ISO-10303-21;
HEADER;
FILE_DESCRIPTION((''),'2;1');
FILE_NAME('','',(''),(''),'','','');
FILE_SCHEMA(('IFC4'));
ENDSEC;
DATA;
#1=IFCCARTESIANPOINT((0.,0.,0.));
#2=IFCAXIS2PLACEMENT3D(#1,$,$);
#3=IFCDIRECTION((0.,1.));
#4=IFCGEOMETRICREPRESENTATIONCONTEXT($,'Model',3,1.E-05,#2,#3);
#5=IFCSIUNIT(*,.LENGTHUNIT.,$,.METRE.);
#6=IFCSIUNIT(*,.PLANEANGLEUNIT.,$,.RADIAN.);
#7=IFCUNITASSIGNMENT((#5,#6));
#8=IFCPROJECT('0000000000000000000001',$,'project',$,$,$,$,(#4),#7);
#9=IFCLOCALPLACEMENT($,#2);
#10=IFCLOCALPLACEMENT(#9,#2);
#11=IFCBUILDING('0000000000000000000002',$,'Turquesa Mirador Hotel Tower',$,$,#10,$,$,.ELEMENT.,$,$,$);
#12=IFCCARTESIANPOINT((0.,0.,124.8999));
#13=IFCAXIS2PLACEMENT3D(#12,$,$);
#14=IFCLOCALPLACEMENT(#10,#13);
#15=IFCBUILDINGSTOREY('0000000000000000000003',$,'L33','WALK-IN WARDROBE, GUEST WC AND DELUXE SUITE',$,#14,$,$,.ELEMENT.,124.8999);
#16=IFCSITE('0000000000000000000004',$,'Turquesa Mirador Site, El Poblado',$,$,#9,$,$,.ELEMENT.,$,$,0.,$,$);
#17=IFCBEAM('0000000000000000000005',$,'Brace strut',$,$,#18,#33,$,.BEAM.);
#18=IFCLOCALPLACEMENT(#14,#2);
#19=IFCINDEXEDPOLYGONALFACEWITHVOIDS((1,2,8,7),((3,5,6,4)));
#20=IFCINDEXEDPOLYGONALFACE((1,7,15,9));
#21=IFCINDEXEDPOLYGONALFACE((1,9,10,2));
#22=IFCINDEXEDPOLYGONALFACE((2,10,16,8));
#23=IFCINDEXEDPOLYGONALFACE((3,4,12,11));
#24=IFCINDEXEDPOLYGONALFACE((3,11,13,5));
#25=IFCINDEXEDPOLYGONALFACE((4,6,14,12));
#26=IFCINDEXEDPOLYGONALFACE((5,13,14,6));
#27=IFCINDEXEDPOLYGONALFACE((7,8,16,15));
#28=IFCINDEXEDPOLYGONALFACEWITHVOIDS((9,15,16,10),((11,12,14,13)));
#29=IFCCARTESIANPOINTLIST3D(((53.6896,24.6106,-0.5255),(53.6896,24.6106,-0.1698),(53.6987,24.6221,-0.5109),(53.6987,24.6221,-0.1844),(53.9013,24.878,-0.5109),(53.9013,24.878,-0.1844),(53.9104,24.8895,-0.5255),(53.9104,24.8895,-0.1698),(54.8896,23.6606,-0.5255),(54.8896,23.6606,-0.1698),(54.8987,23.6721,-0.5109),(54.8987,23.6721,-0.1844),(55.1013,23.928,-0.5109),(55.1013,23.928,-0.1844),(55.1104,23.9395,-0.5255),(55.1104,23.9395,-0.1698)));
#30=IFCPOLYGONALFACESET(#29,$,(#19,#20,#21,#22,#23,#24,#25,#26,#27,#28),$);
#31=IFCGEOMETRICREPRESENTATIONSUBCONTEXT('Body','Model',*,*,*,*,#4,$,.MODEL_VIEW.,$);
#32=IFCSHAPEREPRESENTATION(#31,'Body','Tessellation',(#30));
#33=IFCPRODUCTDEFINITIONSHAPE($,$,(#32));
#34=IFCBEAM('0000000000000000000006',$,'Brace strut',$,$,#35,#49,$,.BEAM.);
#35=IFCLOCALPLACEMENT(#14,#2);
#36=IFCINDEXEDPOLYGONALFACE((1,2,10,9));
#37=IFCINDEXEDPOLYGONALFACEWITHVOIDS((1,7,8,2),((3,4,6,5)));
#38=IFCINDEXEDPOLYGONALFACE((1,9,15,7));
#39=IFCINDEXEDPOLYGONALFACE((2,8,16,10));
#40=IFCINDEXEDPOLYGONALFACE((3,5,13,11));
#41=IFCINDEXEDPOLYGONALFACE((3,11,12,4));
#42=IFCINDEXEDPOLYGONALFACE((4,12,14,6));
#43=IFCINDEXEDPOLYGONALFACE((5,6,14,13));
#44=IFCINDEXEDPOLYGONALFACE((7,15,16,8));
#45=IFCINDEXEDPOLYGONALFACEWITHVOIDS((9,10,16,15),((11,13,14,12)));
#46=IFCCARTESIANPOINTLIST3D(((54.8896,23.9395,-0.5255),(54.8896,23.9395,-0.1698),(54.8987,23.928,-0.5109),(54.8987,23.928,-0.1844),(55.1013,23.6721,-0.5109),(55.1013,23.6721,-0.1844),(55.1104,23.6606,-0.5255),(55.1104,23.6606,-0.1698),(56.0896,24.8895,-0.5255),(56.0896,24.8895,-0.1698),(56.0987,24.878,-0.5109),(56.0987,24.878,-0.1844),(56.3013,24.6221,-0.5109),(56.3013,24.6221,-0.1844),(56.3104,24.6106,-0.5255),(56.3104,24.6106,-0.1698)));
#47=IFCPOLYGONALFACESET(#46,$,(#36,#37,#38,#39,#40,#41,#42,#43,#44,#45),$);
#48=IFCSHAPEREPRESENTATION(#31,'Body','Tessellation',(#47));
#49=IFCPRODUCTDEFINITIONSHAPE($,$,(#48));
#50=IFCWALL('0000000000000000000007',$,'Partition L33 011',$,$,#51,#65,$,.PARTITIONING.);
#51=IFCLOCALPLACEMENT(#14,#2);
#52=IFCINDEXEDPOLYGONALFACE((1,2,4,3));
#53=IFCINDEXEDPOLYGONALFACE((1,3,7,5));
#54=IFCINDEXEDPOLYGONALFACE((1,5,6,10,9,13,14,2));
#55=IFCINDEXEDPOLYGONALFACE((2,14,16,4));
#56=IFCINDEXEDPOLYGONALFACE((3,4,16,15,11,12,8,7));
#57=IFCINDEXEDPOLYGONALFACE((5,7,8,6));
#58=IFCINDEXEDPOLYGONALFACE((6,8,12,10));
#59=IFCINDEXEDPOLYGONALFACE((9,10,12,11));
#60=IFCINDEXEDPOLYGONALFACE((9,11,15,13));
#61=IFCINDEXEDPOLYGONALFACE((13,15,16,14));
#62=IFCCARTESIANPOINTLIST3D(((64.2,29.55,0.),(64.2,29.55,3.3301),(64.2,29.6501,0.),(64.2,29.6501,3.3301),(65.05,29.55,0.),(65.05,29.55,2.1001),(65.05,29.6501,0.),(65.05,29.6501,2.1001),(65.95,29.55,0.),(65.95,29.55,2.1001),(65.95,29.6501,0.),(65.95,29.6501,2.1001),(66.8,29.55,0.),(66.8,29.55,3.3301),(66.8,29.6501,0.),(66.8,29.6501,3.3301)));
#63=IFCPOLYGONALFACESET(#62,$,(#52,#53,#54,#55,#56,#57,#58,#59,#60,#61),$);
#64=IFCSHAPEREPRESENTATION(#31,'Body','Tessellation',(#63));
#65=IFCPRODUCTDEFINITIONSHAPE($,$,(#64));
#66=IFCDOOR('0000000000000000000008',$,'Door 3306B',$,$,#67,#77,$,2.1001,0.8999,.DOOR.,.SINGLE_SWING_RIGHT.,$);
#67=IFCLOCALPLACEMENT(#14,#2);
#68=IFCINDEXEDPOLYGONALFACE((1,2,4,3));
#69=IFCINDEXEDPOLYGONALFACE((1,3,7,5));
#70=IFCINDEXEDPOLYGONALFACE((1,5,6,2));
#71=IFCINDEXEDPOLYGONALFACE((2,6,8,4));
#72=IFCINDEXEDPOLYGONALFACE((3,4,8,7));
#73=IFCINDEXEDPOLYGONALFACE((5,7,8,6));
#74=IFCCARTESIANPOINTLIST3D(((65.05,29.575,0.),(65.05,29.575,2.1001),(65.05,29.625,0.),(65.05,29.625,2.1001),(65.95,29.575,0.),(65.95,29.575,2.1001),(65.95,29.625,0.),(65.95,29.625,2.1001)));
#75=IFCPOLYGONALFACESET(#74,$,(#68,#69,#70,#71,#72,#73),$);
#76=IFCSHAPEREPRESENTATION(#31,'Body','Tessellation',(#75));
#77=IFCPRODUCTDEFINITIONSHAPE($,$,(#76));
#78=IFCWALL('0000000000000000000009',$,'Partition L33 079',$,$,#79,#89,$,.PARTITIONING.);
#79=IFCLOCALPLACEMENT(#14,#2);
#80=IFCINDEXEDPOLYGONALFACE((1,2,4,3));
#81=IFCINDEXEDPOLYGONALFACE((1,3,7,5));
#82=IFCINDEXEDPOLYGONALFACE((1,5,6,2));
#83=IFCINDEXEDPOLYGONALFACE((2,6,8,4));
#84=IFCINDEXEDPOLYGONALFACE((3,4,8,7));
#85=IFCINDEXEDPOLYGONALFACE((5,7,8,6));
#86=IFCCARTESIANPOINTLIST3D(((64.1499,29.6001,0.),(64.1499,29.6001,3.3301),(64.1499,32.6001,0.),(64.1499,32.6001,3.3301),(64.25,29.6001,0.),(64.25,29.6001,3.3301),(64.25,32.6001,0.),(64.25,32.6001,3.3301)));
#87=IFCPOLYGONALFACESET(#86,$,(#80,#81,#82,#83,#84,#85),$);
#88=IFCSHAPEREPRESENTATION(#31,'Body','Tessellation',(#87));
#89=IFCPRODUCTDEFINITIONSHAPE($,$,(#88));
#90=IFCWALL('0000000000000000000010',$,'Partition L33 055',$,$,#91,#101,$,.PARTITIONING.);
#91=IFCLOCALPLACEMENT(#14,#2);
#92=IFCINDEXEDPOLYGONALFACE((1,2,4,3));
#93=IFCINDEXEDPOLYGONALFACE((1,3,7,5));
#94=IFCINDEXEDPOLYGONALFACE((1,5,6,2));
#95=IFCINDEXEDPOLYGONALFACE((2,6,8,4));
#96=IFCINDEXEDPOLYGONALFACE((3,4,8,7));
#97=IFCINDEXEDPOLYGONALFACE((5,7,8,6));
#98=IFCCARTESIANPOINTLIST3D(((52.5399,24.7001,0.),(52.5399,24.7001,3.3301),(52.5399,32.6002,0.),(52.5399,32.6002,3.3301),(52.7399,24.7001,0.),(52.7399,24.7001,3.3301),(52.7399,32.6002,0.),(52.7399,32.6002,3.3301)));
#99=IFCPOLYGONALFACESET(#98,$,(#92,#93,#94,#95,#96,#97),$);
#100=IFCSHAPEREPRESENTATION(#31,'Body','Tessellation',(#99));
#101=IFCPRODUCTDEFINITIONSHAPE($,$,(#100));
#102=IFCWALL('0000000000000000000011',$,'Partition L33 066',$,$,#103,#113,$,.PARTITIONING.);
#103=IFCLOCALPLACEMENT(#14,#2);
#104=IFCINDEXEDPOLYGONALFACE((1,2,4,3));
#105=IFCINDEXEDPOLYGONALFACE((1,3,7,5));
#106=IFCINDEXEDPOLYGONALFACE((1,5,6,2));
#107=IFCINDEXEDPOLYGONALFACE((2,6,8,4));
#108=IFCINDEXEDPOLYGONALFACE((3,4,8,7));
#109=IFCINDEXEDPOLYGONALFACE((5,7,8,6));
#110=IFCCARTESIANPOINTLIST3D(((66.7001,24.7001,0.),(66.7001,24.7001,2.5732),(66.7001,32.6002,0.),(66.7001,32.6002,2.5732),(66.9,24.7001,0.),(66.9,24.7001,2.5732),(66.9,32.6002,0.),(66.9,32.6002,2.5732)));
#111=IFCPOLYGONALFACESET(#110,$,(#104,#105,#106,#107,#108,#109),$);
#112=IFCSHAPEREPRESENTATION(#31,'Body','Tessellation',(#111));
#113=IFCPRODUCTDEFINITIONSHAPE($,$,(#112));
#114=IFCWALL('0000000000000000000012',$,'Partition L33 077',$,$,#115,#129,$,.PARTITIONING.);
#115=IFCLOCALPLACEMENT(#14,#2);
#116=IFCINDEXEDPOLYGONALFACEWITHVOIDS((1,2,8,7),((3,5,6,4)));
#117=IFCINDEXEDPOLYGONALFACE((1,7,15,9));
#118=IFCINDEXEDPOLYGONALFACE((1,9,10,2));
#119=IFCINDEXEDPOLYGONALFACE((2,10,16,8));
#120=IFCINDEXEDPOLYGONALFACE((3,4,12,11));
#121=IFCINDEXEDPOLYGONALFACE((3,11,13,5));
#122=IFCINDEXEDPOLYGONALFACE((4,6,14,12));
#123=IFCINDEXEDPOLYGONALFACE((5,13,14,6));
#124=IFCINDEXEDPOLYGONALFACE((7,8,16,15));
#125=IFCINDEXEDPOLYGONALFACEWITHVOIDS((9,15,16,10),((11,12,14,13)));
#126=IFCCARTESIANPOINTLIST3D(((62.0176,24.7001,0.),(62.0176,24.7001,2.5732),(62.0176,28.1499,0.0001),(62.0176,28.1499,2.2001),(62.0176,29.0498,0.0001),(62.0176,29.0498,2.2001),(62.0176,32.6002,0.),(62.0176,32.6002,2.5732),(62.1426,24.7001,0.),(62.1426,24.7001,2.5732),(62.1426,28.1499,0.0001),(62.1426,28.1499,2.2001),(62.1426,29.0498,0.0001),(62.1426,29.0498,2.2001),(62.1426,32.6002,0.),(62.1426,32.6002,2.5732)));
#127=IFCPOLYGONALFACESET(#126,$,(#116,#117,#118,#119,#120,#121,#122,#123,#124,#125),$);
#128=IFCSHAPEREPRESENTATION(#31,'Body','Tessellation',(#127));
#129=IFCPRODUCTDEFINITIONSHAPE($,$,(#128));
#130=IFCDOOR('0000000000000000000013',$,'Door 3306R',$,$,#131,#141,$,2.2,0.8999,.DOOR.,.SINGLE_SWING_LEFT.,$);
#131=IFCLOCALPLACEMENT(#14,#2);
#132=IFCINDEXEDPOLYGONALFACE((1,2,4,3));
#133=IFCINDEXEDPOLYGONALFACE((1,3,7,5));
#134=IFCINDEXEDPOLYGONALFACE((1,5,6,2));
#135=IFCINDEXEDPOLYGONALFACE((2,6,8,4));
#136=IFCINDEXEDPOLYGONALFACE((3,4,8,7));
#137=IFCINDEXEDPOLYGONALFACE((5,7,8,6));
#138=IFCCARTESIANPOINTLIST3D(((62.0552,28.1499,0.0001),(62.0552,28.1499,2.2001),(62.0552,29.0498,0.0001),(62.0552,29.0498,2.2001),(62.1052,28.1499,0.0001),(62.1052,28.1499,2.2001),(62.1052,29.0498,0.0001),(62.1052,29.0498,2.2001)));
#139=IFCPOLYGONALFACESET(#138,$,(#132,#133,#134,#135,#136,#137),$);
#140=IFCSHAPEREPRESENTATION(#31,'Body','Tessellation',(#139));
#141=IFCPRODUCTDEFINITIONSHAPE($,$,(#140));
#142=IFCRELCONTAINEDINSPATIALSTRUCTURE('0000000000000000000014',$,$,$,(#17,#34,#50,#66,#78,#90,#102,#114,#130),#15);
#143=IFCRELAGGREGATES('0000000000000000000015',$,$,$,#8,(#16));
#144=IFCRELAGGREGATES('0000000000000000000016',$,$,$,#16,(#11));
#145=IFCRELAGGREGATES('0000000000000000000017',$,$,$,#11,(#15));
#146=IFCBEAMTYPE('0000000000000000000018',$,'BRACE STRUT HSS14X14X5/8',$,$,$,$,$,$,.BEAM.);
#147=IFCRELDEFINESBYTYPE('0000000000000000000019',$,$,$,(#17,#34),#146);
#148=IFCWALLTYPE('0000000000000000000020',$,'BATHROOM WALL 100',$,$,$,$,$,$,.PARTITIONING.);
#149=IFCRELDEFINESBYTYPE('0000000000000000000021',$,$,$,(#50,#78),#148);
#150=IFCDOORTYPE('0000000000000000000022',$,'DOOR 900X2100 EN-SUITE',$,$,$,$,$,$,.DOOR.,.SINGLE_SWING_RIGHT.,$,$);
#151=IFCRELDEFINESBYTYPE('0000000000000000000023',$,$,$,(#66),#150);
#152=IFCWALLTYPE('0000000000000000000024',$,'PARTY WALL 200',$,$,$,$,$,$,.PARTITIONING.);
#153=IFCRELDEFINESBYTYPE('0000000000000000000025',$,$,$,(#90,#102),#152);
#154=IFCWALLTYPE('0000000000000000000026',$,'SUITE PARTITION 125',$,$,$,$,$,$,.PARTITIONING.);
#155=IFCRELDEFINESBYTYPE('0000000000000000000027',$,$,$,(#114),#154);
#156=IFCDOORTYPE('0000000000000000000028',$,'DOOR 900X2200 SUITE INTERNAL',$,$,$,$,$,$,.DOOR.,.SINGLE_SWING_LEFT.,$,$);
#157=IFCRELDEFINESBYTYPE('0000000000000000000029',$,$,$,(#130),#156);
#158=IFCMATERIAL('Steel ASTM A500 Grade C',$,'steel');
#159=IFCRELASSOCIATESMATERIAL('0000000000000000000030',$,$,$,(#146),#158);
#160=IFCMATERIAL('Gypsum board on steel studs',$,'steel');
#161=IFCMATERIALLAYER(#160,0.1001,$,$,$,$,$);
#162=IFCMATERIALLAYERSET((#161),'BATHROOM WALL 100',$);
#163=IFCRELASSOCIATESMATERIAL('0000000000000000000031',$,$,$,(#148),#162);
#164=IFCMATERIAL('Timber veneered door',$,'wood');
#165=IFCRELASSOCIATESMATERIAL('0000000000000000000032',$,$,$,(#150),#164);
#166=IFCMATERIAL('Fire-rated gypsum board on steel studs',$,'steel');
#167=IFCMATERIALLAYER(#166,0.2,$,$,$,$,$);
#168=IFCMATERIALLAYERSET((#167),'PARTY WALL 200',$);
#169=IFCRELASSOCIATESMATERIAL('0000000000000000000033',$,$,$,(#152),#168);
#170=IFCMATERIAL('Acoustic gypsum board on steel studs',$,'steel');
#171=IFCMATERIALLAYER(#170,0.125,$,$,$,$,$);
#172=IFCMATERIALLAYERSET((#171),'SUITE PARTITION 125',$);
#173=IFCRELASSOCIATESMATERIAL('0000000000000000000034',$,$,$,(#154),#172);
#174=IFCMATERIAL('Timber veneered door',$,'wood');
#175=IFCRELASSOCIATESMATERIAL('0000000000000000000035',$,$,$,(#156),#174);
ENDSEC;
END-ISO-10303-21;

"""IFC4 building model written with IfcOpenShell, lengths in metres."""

from ifc_helpers import new_model, si_unit, direction, frame, frame_2d, origin, origin_2d, place, context, subcontext, project, spatial, rectangle, hollow_rectangle, extrude, material, layer, layer_set, material_profile, profile_set, type_object, element, fill, save


model = new_model("IFC4")

# Units and contexts
model_context = context("Model", 3, precision=1e-05, world=origin(), true_north=direction((0.0, 1.0)))
body_context = subcontext(model_context, "Body", "Model", "MODEL_VIEW")
ifc_project = project(units=[si_unit("LENGTHUNIT", "METRE"), si_unit("PLANEANGLEUNIT", "RADIAN")], contexts=[model_context])

# Site, building, storey
site_placement = place(None, origin())
site = spatial("IfcSite", under=ifc_project, at=site_placement, Name="Turquesa Mirador Site, El Poblado", CompositionType="ELEMENT", RefElevation=0.0)
building_placement = place(site_placement, origin())
building = spatial("IfcBuilding", under=site, at=building_placement, Name="Turquesa Mirador Hotel Tower", CompositionType="ELEMENT")
storey_placement = place(building_placement, frame((0.0, 0.0, 124.8999)))
storey = spatial("IfcBuildingStorey", under=building, at=storey_placement, Name="L33", Description="WALK-IN WARDROBE, GUEST WC AND DELUXE SUITE", CompositionType="ELEMENT", Elevation=124.8999)

# Beams
ifc_material_1 = material(Name="Steel ASTM A500 Grade C", Category="steel")
ifc_material_profile_1 = material_profile(ifc_material_1, hollow_rectangle(XDim=0.3557, YDim=0.3557, WallThickness=0.0146, at=origin_2d()), Name="HSS14X14X5/8")
ifc_profile_set_1 = profile_set([ifc_material_profile_1], Name="Steel ASTM A500 Grade C")
beam_type_1 = type_object("IfcBeamType", Name="BRACE STRUT HSS14X14X5/8", PredefinedType="BEAM", material=ifc_profile_set_1)
for number, where, z_axis, x_axis, name in (
    (1, (55.0, 23.8, -0.3477), (-0.784049, 0.620699, 0.0), (-0.620699, -0.784049, 0.0), "Brace strut"),
    (2, (55.0, 23.8, -0.3477), (0.784049, 0.620699, 0.0), (-0.620699, 0.784049, 0.0), "Brace strut"),
):
    element("IfcBeam", number, at=place(storey_placement, frame(where, z_axis=z_axis, x_axis=x_axis)), inside=storey, type_object=beam_type_1, Name=name, PredefinedType="BEAM", context=body_context, shape_type="SweptSolid", body=[
        extrude(hollow_rectangle(XDim=0.3557, YDim=0.3557, WallThickness=0.0146, at=origin_2d()), origin(), (0.0, 0.0, 1.0), 1.5305),
    ])

# Wall, opening, door
ifc_material_2 = material(Name="Gypsum board on steel studs", Category="steel")
ifc_layer_1 = layer(ifc_material_2, 0.1001)
ifc_layer_set_1 = layer_set([ifc_layer_1], Name="BATHROOM WALL 100")
wall_type_1 = type_object("IfcWallType", Name="BATHROOM WALL 100", PredefinedType="PARTITIONING", material=ifc_layer_set_1)
wall_1_placement = place(storey_placement, frame((64.2, 29.6001, 0.0), z_axis=(0.0, 0.0, 1.0), x_axis=(1.0, 0.0, 0.0)))
wall_1 = element("IfcWall", 3, at=wall_1_placement, inside=storey, type_object=wall_type_1, Name="Partition L33 011", PredefinedType="PARTITIONING", context=body_context, shape_type="SweptSolid", body=[
    extrude(rectangle(XDim=2.6001, YDim=0.1001, at=frame_2d((1.3, 0.0))), origin(), (0.0, 0.0, 1.0), 3.3301),
])
opening_1_placement = place(wall_1_placement, frame((0.8501, 0.0, 0.0)))
opening_1 = element("IfcOpeningElement", 4, at=opening_1_placement, cuts=wall_1, PredefinedType="OPENING", context=body_context, shape_type="SweptSolid", body=[
    extrude(rectangle(XDim=0.8999, YDim=2.1001, at=frame_2d((0.45, 1.05))), frame((0.0, 0.0601, 0.0), z_axis=(0.0, -1.0, 0.0), x_axis=(1.0, 0.0, 0.0)), (0.0, 0.0, 1.0), 0.1201),
])
ifc_material_3 = material(Name="Timber veneered door", Category="wood")
door_type_1 = type_object("IfcDoorType", Name="DOOR 900X2100 EN-SUITE", OperationType="SINGLE_SWING_RIGHT", PredefinedType="DOOR", material=ifc_material_3)
door_1_placement = place(opening_1_placement, origin())
door_1 = element("IfcDoor", 5, at=door_1_placement, inside=storey, type_object=door_type_1, Name="Door 3306B", OperationType="SINGLE_SWING_RIGHT", OverallHeight=2.1001, OverallWidth=0.8999, PredefinedType="DOOR", context=body_context, shape_type="SweptSolid", body=[
    extrude(rectangle(XDim=0.8999, YDim=2.1001, at=frame_2d((0.45, 1.05))), frame((0.0, 0.0249, 0.0), z_axis=(0.0, -1.0, 0.0), x_axis=(1.0, 0.0, 0.0)), (0.0, 0.0, 1.0), 0.05),
])
fill(opening_1, door_1)

# Walls
wall_2_placement = place(storey_placement, frame((64.2, 29.6001, 0.0), z_axis=(0.0, 0.0, 1.0), x_axis=(0.0, 1.0, 0.0)))
element("IfcWall", 6, at=wall_2_placement, inside=storey, type_object=wall_type_1, Name="Partition L33 079", PredefinedType="PARTITIONING", context=body_context, shape_type="SweptSolid", body=[
    extrude(rectangle(XDim=3.0, YDim=0.1001, at=frame_2d((1.5, 0.0))), origin(), (0.0, 0.0, 1.0), 3.3301),
])
ifc_material_4 = material(Name="Fire-rated gypsum board on steel studs", Category="steel")
ifc_layer_2 = layer(ifc_material_4, 0.2)
ifc_layer_set_2 = layer_set([ifc_layer_2], Name="PARTY WALL 200")
wall_type_2 = type_object("IfcWallType", Name="PARTY WALL 200", PredefinedType="PARTITIONING", material=ifc_layer_set_2)
wall_3_placement = place(storey_placement, frame((52.6399, 24.7, 0.0), z_axis=(0.0, 0.0, 1.0), x_axis=(0.0, 1.0, 0.0)))
element("IfcWall", 7, at=wall_3_placement, inside=storey, type_object=wall_type_2, Name="Partition L33 055", PredefinedType="PARTITIONING", context=body_context, shape_type="SweptSolid", body=[
    extrude(rectangle(XDim=7.9001, YDim=0.2, at=frame_2d((3.9502, 0.0))), origin(), (0.0, 0.0, 1.0), 3.3301),
])
wall_4_placement = place(storey_placement, frame((66.8, 24.7, 0.0), z_axis=(0.0, 0.0, 1.0), x_axis=(0.0, 1.0, 0.0)))
element("IfcWall", 8, at=wall_4_placement, inside=storey, type_object=wall_type_2, Name="Partition L33 066", PredefinedType="PARTITIONING", context=body_context, shape_type="SweptSolid", body=[
    extrude(rectangle(XDim=7.9001, YDim=0.2, at=frame_2d((3.9502, 0.0))), origin(), (0.0, 0.0, 1.0), 2.5732),
])

# Wall, opening, door
ifc_material_5 = material(Name="Acoustic gypsum board on steel studs", Category="steel")
ifc_layer_3 = layer(ifc_material_5, 0.125)
ifc_layer_set_3 = layer_set([ifc_layer_3], Name="SUITE PARTITION 125")
wall_type_3 = type_object("IfcWallType", Name="SUITE PARTITION 125", PredefinedType="PARTITIONING", material=ifc_layer_set_3)
wall_5_placement = place(storey_placement, frame((62.0801, 24.7, 0.0), z_axis=(0.0, 0.0, 1.0), x_axis=(0.0, 1.0, 0.0)))
wall_5 = element("IfcWall", 9, at=wall_5_placement, inside=storey, type_object=wall_type_3, Name="Partition L33 077", PredefinedType="PARTITIONING", context=body_context, shape_type="SweptSolid", body=[
    extrude(rectangle(XDim=7.9001, YDim=0.125, at=frame_2d((3.9502, 0.0))), origin(), (0.0, 0.0, 1.0), 2.5732),
])
opening_2_placement = place(wall_5_placement, frame((3.45, 0.0, 0.0)))
opening_2 = element("IfcOpeningElement", 10, at=opening_2_placement, cuts=wall_5, PredefinedType="OPENING", context=body_context, shape_type="SweptSolid", body=[
    extrude(rectangle(XDim=0.8999, YDim=2.2, at=frame_2d((0.45, 1.1001))), frame((0.0, 0.0725, 0.0), z_axis=(0.0, -1.0, 0.0), x_axis=(1.0, 0.0, 0.0)), (0.0, 0.0, 1.0), 0.145),
])
ifc_material_6 = material(Name="Timber veneered door", Category="wood")
door_type_2 = type_object("IfcDoorType", Name="DOOR 900X2200 SUITE INTERNAL", OperationType="SINGLE_SWING_LEFT", PredefinedType="DOOR", material=ifc_material_6)
door_2_placement = place(opening_2_placement, origin())
door_2 = element("IfcDoor", 11, at=door_2_placement, inside=storey, type_object=door_type_2, Name="Door 3306R", OperationType="SINGLE_SWING_LEFT", OverallHeight=2.2, OverallWidth=0.8999, PredefinedType="DOOR", context=body_context, shape_type="SweptSolid", body=[
    extrude(rectangle(XDim=0.8999, YDim=2.2, at=frame_2d((0.45, 1.1001))), frame((0.0, 0.0249, 0.0), z_axis=(0.0, -1.0, 0.0), x_axis=(1.0, 0.0, 0.0)), (0.0, 0.0, 1.0), 0.05),
])
fill(opening_2, door_2)

save(model, "model.ifc")
